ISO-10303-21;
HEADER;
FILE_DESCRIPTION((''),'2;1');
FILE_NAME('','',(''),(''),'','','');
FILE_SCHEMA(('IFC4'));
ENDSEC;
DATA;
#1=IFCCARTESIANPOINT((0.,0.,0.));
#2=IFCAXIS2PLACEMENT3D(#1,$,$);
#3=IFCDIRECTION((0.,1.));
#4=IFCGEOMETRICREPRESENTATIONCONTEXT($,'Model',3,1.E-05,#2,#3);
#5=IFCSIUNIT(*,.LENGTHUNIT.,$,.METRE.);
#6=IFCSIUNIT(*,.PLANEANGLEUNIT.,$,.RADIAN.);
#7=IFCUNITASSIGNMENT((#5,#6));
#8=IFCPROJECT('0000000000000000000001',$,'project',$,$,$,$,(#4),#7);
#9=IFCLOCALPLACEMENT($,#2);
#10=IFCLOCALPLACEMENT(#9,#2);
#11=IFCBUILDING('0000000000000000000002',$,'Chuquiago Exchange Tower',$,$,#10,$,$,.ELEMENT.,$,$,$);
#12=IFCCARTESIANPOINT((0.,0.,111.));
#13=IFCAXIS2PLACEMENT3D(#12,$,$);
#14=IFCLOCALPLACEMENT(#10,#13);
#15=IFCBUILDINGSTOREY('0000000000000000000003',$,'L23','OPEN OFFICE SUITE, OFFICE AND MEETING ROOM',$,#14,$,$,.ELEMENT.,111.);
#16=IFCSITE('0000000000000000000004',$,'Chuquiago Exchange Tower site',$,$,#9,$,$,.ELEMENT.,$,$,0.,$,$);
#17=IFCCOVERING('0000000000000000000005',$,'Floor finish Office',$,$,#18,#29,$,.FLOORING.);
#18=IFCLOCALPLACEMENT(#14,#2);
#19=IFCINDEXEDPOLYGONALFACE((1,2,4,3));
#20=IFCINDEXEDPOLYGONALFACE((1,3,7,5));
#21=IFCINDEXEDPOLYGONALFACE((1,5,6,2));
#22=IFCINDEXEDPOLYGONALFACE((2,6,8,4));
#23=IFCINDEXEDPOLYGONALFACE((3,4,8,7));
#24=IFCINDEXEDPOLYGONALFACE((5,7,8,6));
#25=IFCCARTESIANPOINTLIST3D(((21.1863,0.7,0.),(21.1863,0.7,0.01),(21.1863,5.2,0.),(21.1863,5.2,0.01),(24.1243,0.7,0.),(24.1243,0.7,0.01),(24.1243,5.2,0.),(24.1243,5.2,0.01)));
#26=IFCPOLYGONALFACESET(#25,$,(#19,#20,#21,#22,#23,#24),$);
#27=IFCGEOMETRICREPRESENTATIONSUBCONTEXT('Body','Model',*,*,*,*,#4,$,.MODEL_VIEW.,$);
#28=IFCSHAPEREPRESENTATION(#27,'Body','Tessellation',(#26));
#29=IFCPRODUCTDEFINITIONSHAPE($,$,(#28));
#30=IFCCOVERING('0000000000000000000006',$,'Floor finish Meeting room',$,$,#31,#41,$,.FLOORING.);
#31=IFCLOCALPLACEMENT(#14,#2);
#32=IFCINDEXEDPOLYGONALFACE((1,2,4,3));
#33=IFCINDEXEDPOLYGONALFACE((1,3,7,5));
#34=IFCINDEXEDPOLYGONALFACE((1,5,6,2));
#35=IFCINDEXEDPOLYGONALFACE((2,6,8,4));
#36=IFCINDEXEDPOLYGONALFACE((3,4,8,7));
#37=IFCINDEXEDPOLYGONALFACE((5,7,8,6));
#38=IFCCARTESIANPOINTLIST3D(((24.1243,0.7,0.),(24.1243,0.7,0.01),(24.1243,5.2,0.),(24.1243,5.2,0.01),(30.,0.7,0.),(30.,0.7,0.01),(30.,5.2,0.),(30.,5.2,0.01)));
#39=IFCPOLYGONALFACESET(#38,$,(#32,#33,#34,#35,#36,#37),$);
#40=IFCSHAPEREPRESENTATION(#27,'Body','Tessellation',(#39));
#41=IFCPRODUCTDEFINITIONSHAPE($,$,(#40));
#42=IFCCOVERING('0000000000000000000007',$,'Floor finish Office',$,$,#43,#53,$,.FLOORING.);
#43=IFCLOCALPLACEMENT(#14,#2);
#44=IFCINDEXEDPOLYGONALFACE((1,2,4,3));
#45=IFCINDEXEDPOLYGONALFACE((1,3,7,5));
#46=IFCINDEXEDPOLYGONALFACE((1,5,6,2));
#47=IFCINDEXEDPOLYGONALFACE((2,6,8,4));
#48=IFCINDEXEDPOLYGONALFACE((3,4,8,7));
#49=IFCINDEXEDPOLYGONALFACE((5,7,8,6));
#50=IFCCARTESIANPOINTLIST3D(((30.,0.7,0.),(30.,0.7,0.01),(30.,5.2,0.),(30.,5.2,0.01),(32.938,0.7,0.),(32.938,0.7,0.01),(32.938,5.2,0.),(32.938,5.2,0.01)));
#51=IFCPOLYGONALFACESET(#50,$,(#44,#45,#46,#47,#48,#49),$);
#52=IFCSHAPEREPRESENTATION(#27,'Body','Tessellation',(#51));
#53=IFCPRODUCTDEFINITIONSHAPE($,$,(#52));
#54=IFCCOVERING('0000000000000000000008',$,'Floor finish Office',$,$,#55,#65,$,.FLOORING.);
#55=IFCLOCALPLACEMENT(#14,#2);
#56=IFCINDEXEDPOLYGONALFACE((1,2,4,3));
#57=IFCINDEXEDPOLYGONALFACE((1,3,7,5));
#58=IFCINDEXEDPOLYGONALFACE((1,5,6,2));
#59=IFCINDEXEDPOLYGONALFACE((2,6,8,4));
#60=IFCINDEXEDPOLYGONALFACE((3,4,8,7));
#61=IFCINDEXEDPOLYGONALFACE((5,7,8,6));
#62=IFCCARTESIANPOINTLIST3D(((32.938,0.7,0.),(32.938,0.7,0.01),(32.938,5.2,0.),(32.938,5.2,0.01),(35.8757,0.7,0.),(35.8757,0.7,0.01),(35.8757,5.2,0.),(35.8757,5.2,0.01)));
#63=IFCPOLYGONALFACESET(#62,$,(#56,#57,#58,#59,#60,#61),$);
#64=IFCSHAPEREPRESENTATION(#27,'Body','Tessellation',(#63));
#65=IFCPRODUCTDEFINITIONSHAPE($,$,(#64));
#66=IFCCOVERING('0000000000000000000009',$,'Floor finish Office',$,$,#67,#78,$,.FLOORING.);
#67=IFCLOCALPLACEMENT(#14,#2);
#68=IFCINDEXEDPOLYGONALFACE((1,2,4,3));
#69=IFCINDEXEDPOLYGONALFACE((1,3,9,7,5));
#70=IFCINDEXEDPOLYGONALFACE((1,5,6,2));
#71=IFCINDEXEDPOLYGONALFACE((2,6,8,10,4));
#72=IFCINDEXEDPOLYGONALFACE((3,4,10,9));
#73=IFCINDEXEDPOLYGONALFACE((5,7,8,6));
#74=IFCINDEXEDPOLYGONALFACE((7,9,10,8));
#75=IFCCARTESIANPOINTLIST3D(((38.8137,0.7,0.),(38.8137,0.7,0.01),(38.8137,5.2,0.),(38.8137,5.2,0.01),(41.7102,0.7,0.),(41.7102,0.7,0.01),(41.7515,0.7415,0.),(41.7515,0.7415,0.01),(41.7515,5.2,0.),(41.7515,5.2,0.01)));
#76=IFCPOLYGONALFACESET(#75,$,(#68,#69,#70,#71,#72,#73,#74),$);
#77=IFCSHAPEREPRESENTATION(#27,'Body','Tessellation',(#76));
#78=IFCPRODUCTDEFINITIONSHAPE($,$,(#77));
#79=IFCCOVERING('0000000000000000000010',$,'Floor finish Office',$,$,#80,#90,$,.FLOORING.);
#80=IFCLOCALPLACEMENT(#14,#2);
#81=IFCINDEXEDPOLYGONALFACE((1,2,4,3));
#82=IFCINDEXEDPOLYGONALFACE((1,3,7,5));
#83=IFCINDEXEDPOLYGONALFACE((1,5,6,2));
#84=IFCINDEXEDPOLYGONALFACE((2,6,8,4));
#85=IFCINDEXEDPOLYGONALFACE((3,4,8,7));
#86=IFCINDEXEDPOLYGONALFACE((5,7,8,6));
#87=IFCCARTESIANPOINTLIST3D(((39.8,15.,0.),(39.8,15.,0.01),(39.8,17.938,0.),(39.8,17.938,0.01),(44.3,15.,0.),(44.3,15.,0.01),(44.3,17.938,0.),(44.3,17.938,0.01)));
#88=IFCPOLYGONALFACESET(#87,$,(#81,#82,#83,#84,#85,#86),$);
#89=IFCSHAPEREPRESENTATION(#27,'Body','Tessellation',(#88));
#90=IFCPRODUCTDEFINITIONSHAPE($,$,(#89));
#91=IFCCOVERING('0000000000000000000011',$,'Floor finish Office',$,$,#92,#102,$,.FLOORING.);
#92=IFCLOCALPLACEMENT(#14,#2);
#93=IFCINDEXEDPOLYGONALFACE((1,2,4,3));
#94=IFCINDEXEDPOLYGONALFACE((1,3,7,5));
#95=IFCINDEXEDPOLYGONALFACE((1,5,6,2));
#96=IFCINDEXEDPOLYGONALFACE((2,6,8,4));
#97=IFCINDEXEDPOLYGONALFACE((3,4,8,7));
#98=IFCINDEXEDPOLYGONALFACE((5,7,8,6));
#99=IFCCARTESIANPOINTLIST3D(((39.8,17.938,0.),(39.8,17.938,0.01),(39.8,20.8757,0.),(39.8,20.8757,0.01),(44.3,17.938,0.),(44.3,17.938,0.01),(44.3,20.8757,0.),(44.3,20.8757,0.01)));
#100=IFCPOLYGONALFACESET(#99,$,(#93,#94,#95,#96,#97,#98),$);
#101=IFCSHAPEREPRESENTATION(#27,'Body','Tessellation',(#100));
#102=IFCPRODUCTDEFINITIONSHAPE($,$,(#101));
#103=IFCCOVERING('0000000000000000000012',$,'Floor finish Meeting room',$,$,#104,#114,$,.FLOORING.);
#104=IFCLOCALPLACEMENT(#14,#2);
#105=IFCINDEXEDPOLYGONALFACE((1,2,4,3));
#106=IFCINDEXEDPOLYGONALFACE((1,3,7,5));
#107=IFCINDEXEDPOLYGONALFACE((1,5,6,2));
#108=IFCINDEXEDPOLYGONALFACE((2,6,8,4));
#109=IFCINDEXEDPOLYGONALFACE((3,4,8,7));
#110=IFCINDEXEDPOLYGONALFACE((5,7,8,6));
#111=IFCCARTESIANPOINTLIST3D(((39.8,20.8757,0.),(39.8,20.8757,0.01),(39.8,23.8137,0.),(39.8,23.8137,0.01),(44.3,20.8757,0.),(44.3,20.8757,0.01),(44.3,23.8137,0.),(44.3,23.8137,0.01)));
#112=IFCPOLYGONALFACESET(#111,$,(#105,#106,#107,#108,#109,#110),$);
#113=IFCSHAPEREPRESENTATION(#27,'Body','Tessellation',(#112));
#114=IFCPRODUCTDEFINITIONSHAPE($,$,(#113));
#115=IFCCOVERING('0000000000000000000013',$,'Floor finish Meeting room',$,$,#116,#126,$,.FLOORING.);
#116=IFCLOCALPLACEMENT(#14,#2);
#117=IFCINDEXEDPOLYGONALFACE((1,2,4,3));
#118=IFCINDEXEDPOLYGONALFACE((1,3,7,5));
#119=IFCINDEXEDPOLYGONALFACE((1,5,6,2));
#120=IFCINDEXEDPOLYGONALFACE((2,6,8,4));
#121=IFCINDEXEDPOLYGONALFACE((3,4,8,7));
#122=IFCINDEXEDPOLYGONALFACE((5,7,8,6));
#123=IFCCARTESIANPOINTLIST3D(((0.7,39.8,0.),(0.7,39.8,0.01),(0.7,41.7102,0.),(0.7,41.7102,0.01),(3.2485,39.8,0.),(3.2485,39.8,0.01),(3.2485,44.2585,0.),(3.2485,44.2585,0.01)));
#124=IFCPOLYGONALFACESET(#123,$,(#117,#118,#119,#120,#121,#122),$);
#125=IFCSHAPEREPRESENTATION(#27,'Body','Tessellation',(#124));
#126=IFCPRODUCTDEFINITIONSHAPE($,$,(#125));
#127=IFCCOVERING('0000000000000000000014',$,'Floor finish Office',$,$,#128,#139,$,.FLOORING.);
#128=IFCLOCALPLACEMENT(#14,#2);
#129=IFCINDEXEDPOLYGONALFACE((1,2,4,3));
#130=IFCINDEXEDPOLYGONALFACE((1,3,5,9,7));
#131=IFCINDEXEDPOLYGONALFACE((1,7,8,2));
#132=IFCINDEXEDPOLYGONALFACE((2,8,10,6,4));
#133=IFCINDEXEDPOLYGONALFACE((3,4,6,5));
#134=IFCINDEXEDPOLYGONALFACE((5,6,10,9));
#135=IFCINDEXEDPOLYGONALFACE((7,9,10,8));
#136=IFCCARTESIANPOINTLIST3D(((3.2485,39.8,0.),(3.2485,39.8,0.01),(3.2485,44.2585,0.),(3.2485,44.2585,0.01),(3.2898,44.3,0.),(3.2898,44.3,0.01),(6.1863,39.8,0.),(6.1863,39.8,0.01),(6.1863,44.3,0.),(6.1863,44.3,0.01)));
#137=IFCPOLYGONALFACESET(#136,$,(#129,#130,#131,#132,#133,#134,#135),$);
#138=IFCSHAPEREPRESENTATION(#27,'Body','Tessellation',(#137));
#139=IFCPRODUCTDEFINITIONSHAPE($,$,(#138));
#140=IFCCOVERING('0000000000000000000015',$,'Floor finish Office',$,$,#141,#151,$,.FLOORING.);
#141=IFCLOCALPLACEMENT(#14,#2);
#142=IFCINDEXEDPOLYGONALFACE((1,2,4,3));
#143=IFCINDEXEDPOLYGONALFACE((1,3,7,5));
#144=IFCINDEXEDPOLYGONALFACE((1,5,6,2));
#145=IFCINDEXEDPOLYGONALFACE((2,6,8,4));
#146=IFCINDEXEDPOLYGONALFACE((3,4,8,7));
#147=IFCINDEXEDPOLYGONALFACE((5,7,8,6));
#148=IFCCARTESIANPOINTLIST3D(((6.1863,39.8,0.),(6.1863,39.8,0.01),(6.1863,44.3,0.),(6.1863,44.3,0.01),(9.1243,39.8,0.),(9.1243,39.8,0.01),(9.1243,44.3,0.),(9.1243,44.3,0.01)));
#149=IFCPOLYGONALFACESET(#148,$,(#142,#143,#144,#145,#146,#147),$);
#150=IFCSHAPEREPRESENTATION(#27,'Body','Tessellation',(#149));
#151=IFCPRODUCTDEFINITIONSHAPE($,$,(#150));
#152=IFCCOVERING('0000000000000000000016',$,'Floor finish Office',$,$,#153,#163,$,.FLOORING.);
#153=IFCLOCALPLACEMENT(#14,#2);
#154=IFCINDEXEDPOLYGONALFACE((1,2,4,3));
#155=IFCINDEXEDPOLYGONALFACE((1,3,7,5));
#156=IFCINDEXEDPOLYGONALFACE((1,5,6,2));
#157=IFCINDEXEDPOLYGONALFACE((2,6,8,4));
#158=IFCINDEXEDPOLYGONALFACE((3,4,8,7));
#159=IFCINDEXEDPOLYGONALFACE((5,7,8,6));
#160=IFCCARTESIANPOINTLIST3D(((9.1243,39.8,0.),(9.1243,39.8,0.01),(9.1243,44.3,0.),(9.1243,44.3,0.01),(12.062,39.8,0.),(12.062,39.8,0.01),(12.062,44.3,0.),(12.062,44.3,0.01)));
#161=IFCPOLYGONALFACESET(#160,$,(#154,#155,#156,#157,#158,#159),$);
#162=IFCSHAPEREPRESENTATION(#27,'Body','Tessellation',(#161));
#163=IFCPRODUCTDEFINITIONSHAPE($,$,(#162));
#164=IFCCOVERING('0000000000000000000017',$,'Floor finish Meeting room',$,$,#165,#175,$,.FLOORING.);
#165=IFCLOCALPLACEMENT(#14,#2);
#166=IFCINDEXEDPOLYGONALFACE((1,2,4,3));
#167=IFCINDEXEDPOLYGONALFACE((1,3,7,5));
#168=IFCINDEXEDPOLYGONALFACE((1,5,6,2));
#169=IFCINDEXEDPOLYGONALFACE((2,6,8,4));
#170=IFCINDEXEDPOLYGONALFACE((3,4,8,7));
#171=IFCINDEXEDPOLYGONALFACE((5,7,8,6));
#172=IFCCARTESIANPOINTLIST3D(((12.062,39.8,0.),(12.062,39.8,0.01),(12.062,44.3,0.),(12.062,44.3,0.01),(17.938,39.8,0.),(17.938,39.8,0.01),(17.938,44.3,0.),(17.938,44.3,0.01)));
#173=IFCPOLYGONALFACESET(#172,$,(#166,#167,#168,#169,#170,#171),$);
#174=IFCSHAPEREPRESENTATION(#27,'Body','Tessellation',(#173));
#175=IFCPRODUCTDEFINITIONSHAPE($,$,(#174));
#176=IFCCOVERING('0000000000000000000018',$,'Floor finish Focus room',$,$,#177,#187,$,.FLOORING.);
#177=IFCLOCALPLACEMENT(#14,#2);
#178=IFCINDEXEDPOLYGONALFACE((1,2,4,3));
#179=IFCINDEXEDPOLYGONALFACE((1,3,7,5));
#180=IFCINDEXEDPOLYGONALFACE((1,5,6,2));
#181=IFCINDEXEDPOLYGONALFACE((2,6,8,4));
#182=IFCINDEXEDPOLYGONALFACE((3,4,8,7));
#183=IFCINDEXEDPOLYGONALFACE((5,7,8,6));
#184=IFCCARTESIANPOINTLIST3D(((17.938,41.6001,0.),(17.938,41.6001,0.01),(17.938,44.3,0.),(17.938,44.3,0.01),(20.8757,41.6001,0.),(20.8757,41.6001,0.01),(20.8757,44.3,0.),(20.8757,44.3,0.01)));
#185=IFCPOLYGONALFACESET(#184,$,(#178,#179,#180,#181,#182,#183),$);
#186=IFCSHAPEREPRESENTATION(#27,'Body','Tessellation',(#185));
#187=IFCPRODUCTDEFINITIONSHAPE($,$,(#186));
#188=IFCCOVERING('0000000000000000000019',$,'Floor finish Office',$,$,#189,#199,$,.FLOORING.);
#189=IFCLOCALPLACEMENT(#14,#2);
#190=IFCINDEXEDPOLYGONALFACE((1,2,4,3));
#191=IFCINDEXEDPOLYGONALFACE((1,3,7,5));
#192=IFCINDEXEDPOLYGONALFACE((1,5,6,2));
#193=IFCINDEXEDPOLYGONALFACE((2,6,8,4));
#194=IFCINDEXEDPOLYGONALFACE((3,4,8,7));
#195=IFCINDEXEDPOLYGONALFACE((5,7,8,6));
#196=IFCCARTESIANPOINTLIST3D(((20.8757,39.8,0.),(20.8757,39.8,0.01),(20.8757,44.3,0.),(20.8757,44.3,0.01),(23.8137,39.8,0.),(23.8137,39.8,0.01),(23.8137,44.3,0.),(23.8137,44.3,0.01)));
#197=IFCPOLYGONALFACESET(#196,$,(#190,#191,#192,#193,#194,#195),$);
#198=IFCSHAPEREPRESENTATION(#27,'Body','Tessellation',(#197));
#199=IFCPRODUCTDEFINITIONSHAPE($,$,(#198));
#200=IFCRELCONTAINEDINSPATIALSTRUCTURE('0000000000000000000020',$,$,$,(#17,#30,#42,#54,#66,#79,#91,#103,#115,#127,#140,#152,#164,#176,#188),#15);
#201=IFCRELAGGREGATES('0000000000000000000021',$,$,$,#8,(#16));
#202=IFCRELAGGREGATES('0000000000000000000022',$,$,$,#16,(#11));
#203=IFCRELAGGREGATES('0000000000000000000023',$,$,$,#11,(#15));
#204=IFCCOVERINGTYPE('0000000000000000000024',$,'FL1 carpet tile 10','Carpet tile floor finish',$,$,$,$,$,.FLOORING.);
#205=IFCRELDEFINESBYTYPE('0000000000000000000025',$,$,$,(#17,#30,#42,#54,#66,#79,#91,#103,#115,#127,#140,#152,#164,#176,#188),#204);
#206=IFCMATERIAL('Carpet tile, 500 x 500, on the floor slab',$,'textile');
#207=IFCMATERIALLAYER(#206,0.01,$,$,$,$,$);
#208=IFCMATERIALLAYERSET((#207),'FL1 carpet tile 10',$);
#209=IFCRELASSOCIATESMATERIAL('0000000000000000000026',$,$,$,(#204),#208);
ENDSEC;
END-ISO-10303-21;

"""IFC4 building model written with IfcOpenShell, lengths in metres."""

from ifc_helpers import new_model, si_unit, direction, frame, origin, place, context, subcontext, project, spatial, polyline, outline, extrude, material, layer, layer_set, type_object, element, save


model = new_model("IFC4")

# Units and contexts
model_context = context("Model", 3, precision=1e-05, world=origin(), true_north=direction((0.0, 1.0)))
body_context = subcontext(model_context, "Body", "Model", "MODEL_VIEW")
ifc_project = project(units=[si_unit("LENGTHUNIT", "METRE"), si_unit("PLANEANGLEUNIT", "RADIAN")], contexts=[model_context])

# Site, building, storey
site_placement = place(None, origin())
site = spatial("IfcSite", under=ifc_project, at=site_placement, Name="Chuquiago Exchange Tower site", CompositionType="ELEMENT", RefElevation=0.0)
building_placement = place(site_placement, origin())
building = spatial("IfcBuilding", under=site, at=building_placement, Name="Chuquiago Exchange Tower", CompositionType="ELEMENT")
storey_placement = place(building_placement, frame((0.0, 0.0, 111.0)))
storey = spatial("IfcBuildingStorey", under=building, at=storey_placement, Name="L23", Description="OPEN OFFICE SUITE, OFFICE AND MEETING ROOM", CompositionType="ELEMENT", Elevation=111.0)

# Coverings
ifc_material_1 = material(Name="Carpet tile, 500 x 500, on the floor slab", Category="textile")
ifc_layer_1 = layer(ifc_material_1, 0.01)
ifc_layer_set_1 = layer_set([ifc_layer_1], Name="FL1 carpet tile 10")
covering_type_1 = type_object("IfcCoveringType", Name="FL1 carpet tile 10", Description="Carpet tile floor finish", PredefinedType="FLOORING", material=ifc_layer_set_1)
covering_1_placement = place(storey_placement, origin())
element("IfcCovering", 1, at=covering_1_placement, inside=storey, type_object=covering_type_1, Name="Floor finish Office", PredefinedType="FLOORING", context=body_context, shape_type="SweptSolid", body=[
    extrude(outline(polyline([(21.1863, 0.7), (21.1863, 5.2), (24.1243, 5.2), (24.1243, 0.7), (21.1863, 0.7)])), origin(), (0.0, 0.0, 1.0), 0.01),
])
covering_2_placement = place(storey_placement, origin())
element("IfcCovering", 2, at=covering_2_placement, inside=storey, type_object=covering_type_1, Name="Floor finish Meeting room", PredefinedType="FLOORING", context=body_context, shape_type="SweptSolid", body=[
    extrude(outline(polyline([(24.1243, 0.7), (24.1243, 5.2), (30.0, 5.2), (30.0, 0.7), (24.1243, 0.7)])), origin(), (0.0, 0.0, 1.0), 0.01),
])
covering_3_placement = place(storey_placement, origin())
element("IfcCovering", 3, at=covering_3_placement, inside=storey, type_object=covering_type_1, Name="Floor finish Office", PredefinedType="FLOORING", context=body_context, shape_type="SweptSolid", body=[
    extrude(outline(polyline([(30.0, 0.7), (30.0, 5.2), (32.938, 5.2), (32.938, 0.7), (30.0, 0.7)])), origin(), (0.0, 0.0, 1.0), 0.01),
])
covering_4_placement = place(storey_placement, origin())
element("IfcCovering", 4, at=covering_4_placement, inside=storey, type_object=covering_type_1, Name="Floor finish Office", PredefinedType="FLOORING", context=body_context, shape_type="SweptSolid", body=[
    extrude(outline(polyline([(32.938, 0.7), (32.938, 5.2), (35.8757, 5.2), (35.8757, 0.7), (32.938, 0.7)])), origin(), (0.0, 0.0, 1.0), 0.01),
])
covering_5_placement = place(storey_placement, origin())
element("IfcCovering", 5, at=covering_5_placement, inside=storey, type_object=covering_type_1, Name="Floor finish Office", PredefinedType="FLOORING", context=body_context, shape_type="SweptSolid", body=[
    extrude(outline(polyline([(41.7102, 0.7), (38.8137, 0.7), (38.8137, 5.2), (41.7515, 5.2), (41.7515, 0.7415), (41.7102, 0.7)])), origin(), (0.0, 0.0, 1.0), 0.01),
])
covering_6_placement = place(storey_placement, origin())
element("IfcCovering", 6, at=covering_6_placement, inside=storey, type_object=covering_type_1, Name="Floor finish Office", PredefinedType="FLOORING", context=body_context, shape_type="SweptSolid", body=[
    extrude(outline(polyline([(44.3, 15.0), (39.8, 15.0), (39.8, 17.938), (44.3, 17.938), (44.3, 15.0)])), origin(), (0.0, 0.0, 1.0), 0.01),
])
covering_7_placement = place(storey_placement, origin())
element("IfcCovering", 7, at=covering_7_placement, inside=storey, type_object=covering_type_1, Name="Floor finish Office", PredefinedType="FLOORING", context=body_context, shape_type="SweptSolid", body=[
    extrude(outline(polyline([(44.3, 17.938), (39.8, 17.938), (39.8, 20.8757), (44.3, 20.8757), (44.3, 17.938)])), origin(), (0.0, 0.0, 1.0), 0.01),
])
covering_8_placement = place(storey_placement, origin())
element("IfcCovering", 8, at=covering_8_placement, inside=storey, type_object=covering_type_1, Name="Floor finish Meeting room", PredefinedType="FLOORING", context=body_context, shape_type="SweptSolid", body=[
    extrude(outline(polyline([(44.3, 20.8757), (39.8, 20.8757), (39.8, 23.8137), (44.3, 23.8137), (44.3, 20.8757)])), origin(), (0.0, 0.0, 1.0), 0.01),
])
covering_9_placement = place(storey_placement, origin())
element("IfcCovering", 9, at=covering_9_placement, inside=storey, type_object=covering_type_1, Name="Floor finish Meeting room", PredefinedType="FLOORING", context=body_context, shape_type="SweptSolid", body=[
    extrude(outline(polyline([(0.7, 41.7102), (3.2485, 44.2585), (3.2485, 39.8), (0.7, 39.8), (0.7, 41.7102)])), origin(), (0.0, 0.0, 1.0), 0.01),
])
covering_10_placement = place(storey_placement, origin())
element("IfcCovering", 10, at=covering_10_placement, inside=storey, type_object=covering_type_1, Name="Floor finish Office", PredefinedType="FLOORING", context=body_context, shape_type="SweptSolid", body=[
    extrude(outline(polyline([(3.2898, 44.3), (6.1863, 44.3), (6.1863, 39.8), (3.2485, 39.8), (3.2485, 44.2585), (3.2898, 44.3)])), origin(), (0.0, 0.0, 1.0), 0.01),
])
covering_11_placement = place(storey_placement, origin())
element("IfcCovering", 11, at=covering_11_placement, inside=storey, type_object=covering_type_1, Name="Floor finish Office", PredefinedType="FLOORING", context=body_context, shape_type="SweptSolid", body=[
    extrude(outline(polyline([(9.1243, 44.3), (9.1243, 39.8), (6.1863, 39.8), (6.1863, 44.3), (9.1243, 44.3)])), origin(), (0.0, 0.0, 1.0), 0.01),
])
covering_12_placement = place(storey_placement, origin())
element("IfcCovering", 12, at=covering_12_placement, inside=storey, type_object=covering_type_1, Name="Floor finish Office", PredefinedType="FLOORING", context=body_context, shape_type="SweptSolid", body=[
    extrude(outline(polyline([(12.062, 44.3), (12.062, 39.8), (9.1243, 39.8), (9.1243, 44.3), (12.062, 44.3)])), origin(), (0.0, 0.0, 1.0), 0.01),
])
covering_13_placement = place(storey_placement, origin())
element("IfcCovering", 13, at=covering_13_placement, inside=storey, type_object=covering_type_1, Name="Floor finish Meeting room", PredefinedType="FLOORING", context=body_context, shape_type="SweptSolid", body=[
    extrude(outline(polyline([(17.938, 44.3), (17.938, 39.8), (12.062, 39.8), (12.062, 44.3), (17.938, 44.3)])), origin(), (0.0, 0.0, 1.0), 0.01),
])
covering_14_placement = place(storey_placement, origin())
element("IfcCovering", 14, at=covering_14_placement, inside=storey, type_object=covering_type_1, Name="Floor finish Focus room", PredefinedType="FLOORING", context=body_context, shape_type="SweptSolid", body=[
    extrude(outline(polyline([(20.8757, 44.3), (20.8757, 41.6001), (17.938, 41.6001), (17.938, 44.3), (20.8757, 44.3)])), origin(), (0.0, 0.0, 1.0), 0.01),
])
covering_15_placement = place(storey_placement, origin())
element("IfcCovering", 15, at=covering_15_placement, inside=storey, type_object=covering_type_1, Name="Floor finish Office", PredefinedType="FLOORING", context=body_context, shape_type="SweptSolid", body=[
    extrude(outline(polyline([(23.8137, 44.3), (23.8137, 39.8), (20.8757, 39.8), (20.8757, 44.3), (23.8137, 44.3)])), origin(), (0.0, 0.0, 1.0), 0.01),
])

save(model, "model.ifc")
